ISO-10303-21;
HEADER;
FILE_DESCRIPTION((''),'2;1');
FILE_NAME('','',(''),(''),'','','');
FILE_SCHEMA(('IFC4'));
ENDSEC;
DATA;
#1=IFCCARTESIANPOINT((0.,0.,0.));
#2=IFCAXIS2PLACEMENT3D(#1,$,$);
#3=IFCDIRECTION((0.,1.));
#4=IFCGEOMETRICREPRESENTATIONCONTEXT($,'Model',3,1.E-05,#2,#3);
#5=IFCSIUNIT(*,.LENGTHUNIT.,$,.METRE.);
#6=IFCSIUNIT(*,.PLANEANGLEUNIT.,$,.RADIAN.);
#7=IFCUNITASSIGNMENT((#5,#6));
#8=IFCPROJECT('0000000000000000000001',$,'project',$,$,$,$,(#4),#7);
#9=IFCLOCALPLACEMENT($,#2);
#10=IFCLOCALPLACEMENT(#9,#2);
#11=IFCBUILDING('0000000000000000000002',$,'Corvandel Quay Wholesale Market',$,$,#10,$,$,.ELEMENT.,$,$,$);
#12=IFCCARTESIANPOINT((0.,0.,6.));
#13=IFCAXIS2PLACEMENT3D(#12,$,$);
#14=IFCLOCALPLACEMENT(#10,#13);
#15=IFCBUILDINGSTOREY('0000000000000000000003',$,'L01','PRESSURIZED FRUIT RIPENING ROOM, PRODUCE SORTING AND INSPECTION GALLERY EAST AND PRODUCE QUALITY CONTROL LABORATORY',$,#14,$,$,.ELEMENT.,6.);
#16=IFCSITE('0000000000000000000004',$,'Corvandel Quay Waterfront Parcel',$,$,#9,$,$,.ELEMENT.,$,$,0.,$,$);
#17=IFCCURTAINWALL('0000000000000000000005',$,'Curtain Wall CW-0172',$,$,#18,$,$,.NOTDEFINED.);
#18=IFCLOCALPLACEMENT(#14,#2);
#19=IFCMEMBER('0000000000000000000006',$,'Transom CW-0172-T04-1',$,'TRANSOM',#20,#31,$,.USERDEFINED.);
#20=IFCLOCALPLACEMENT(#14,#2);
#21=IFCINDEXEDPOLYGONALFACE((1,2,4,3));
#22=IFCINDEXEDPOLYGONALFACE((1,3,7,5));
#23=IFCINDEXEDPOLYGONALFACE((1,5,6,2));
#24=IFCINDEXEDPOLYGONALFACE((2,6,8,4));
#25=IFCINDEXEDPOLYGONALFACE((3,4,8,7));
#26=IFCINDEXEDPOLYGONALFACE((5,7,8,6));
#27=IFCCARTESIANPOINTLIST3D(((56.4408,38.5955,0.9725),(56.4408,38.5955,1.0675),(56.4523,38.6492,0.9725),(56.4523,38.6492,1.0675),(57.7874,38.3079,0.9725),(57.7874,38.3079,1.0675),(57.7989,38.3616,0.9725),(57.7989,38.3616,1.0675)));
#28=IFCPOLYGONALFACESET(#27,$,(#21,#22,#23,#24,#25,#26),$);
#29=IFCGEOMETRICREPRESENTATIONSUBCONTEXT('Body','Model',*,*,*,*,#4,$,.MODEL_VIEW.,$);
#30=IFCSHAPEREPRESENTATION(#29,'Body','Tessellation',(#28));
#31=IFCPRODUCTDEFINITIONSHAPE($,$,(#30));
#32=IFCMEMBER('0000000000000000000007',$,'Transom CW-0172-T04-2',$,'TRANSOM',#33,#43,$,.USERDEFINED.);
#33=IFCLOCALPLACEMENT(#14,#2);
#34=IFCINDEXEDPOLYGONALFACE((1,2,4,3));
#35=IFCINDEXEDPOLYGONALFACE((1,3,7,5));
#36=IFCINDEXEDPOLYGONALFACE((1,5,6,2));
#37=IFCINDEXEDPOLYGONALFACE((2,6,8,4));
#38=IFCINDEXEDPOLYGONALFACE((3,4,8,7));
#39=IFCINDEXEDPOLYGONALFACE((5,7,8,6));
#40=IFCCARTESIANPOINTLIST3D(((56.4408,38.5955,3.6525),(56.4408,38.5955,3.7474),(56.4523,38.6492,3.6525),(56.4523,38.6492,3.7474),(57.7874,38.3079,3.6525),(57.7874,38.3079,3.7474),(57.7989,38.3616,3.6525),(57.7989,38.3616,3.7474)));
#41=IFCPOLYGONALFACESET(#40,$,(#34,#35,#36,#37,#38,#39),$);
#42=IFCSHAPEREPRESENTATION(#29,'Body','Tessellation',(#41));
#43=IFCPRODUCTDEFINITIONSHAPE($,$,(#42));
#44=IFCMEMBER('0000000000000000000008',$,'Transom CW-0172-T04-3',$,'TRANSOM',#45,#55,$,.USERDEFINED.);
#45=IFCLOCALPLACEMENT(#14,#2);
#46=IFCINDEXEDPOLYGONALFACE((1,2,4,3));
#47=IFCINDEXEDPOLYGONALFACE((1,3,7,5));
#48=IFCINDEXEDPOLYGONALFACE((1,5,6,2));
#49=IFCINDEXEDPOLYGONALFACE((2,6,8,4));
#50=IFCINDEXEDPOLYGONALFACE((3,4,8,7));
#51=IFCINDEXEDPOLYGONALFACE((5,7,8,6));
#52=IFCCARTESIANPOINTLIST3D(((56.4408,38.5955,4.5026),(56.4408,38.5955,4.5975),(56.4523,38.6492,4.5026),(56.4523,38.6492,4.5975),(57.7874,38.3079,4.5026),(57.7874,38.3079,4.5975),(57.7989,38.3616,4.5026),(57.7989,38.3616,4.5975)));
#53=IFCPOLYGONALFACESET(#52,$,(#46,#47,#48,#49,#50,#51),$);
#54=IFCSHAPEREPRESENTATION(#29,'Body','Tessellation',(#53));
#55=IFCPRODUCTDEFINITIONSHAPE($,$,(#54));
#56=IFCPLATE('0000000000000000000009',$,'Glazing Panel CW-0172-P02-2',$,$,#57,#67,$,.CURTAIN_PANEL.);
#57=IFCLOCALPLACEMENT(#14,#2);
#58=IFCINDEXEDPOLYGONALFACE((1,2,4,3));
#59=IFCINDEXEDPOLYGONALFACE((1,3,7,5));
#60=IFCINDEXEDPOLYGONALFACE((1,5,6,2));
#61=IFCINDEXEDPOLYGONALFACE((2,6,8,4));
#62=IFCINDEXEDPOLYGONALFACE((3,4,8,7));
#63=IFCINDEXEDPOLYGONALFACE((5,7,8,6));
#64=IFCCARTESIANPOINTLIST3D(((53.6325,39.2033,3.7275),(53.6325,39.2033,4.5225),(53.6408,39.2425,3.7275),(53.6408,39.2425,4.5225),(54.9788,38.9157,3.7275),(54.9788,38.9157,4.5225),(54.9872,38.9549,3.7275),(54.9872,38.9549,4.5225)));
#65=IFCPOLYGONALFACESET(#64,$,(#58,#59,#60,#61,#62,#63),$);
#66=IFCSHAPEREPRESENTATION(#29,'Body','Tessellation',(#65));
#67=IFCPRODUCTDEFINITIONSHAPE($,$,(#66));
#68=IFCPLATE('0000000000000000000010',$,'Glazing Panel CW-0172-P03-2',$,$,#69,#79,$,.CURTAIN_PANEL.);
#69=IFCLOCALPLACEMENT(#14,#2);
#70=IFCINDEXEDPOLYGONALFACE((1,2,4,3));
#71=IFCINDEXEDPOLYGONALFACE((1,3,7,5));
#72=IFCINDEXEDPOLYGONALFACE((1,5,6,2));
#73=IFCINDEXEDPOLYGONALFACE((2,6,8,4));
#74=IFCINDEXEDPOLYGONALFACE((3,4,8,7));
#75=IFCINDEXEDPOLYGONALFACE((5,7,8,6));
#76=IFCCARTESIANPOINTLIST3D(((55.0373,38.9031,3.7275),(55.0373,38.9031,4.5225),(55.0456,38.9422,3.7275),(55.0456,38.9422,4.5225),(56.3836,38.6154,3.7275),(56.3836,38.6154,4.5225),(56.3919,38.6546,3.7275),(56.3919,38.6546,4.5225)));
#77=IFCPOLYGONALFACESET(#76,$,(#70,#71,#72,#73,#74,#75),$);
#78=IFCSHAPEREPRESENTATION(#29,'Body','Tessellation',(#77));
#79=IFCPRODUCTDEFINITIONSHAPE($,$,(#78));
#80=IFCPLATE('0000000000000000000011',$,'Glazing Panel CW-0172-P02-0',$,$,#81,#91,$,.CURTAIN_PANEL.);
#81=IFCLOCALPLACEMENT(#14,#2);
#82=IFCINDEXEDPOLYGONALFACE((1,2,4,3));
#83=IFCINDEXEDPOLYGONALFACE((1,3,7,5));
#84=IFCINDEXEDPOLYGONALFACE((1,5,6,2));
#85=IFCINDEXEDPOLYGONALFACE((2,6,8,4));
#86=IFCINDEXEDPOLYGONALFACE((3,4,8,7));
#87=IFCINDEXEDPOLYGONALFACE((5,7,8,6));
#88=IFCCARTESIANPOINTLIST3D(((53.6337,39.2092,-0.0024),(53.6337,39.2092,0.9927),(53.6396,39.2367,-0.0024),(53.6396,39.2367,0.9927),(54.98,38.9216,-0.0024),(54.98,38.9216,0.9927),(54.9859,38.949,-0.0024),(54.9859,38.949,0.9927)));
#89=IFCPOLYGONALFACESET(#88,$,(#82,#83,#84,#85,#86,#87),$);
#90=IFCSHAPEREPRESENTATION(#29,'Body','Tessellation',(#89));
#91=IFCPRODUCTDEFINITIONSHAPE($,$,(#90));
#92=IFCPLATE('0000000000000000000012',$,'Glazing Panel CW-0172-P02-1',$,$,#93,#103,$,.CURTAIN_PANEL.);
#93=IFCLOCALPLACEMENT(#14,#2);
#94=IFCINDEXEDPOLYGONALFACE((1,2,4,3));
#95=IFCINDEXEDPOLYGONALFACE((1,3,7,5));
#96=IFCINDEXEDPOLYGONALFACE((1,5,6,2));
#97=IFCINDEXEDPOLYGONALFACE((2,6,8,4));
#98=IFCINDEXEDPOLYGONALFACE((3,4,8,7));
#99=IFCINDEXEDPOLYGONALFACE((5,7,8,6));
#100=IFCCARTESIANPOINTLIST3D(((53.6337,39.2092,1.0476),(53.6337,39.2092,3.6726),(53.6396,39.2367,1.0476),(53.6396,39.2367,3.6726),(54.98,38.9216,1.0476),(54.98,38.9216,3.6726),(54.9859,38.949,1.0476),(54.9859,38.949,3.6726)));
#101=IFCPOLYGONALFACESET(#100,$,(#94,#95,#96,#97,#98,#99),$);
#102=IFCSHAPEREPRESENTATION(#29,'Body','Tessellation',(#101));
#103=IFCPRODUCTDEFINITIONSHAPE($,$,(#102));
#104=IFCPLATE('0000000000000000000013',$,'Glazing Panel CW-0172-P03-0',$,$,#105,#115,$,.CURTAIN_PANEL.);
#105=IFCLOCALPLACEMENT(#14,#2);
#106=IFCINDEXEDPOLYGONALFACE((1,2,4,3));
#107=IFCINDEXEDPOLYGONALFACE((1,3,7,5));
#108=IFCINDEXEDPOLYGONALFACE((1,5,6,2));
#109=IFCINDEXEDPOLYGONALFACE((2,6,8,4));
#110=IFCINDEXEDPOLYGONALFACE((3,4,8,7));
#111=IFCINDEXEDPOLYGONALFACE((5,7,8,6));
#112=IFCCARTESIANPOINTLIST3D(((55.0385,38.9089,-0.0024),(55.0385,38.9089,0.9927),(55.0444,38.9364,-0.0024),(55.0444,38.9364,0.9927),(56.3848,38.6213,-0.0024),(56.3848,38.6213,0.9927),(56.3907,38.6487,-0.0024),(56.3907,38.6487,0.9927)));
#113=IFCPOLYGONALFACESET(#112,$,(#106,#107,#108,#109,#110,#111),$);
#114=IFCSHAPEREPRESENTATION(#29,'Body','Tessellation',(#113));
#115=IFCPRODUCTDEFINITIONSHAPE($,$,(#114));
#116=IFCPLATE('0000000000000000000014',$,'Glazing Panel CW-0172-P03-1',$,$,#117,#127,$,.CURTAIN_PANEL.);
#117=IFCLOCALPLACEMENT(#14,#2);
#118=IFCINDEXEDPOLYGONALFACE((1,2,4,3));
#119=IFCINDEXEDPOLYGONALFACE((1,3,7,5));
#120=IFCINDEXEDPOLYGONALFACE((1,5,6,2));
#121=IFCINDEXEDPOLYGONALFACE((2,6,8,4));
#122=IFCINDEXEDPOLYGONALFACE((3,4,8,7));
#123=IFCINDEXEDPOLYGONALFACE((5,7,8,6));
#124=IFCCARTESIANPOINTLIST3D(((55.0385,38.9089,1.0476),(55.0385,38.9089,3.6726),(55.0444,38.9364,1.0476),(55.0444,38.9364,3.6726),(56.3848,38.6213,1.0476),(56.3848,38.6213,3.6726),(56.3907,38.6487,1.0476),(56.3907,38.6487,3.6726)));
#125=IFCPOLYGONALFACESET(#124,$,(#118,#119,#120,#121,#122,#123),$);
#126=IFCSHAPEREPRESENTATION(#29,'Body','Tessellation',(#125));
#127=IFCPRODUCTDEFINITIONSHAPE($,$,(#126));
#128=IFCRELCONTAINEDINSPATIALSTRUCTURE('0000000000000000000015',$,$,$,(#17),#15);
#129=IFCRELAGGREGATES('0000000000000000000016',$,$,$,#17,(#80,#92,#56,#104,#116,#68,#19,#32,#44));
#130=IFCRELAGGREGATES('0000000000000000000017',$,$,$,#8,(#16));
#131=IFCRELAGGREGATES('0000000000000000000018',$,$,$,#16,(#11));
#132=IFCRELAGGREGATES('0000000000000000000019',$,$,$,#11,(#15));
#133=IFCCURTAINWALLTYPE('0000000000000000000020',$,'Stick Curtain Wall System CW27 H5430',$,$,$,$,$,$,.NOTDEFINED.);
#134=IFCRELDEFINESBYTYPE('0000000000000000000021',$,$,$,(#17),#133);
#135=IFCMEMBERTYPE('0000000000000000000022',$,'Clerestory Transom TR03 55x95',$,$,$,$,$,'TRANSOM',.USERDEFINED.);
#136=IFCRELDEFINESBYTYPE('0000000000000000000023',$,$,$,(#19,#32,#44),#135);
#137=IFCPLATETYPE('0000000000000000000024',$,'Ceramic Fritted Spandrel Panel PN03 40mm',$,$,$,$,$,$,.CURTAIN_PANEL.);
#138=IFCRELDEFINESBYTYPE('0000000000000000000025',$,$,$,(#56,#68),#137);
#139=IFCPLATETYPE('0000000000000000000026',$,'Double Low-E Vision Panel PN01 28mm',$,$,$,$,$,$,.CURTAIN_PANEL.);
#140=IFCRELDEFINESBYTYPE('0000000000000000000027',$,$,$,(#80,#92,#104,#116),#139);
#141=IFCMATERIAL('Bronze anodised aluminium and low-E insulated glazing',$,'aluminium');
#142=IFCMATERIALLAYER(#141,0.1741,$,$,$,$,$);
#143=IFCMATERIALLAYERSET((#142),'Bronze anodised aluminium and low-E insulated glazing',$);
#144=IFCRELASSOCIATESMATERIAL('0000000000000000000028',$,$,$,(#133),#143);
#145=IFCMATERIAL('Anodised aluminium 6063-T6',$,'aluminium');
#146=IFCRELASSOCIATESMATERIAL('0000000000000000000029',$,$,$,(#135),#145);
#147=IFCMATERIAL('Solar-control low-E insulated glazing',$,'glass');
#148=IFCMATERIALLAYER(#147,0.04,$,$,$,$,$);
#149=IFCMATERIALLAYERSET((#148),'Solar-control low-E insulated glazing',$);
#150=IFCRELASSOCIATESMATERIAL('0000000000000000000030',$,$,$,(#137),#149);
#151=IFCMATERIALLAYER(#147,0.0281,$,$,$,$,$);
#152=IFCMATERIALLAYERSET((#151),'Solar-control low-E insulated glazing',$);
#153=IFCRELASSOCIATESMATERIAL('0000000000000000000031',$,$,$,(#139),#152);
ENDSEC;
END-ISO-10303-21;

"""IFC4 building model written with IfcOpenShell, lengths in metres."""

from ifc_helpers import new_model, si_unit, direction, frame, origin, origin_2d, place, context, subcontext, project, spatial, rectangle, extrude, material, layer, layer_set, material_profile, profile_set, type_object, element, aggregate, save


model = new_model("IFC4")

# Units and contexts
model_context = context("Model", 3, precision=1e-05, world=origin(), true_north=direction((0.0, 1.0)))
body_context = subcontext(model_context, "Body", "Model", "MODEL_VIEW")
ifc_project = project(units=[si_unit("LENGTHUNIT", "METRE"), si_unit("PLANEANGLEUNIT", "RADIAN")], contexts=[model_context])

# Site, building, storey
site_placement = place(None, origin())
site = spatial("IfcSite", under=ifc_project, at=site_placement, Name="Corvandel Quay Waterfront Parcel", CompositionType="ELEMENT", RefElevation=0.0)
building_placement = place(site_placement, origin())
building = spatial("IfcBuilding", under=site, at=building_placement, Name="Corvandel Quay Wholesale Market", CompositionType="ELEMENT")
storey_placement = place(building_placement, frame((0.0, 0.0, 6.0)))
storey = spatial("IfcBuildingStorey", under=building, at=storey_placement, Name="L01", Description="PRESSURIZED FRUIT RIPENING ROOM, PRODUCE SORTING AND INSPECTION GALLERY EAST AND PRODUCE QUALITY CONTROL LABORATORY", CompositionType="ELEMENT", Elevation=6.0)

# Curtain wall, members, plates
ifc_material_1 = material(Name="Bronze anodised aluminium and low-E insulated glazing", Category="aluminium")
ifc_layer_1 = layer(ifc_material_1, 0.1741)
ifc_layer_set_1 = layer_set([ifc_layer_1], Name="Bronze anodised aluminium and low-E insulated glazing")
curtain_wall_type = type_object("IfcCurtainWallType", Name="Stick Curtain Wall System CW27 H5430", PredefinedType="NOTDEFINED", material=ifc_layer_set_1)
curtain_wall_placement = place(storey_placement, origin())
curtain_wall = element("IfcCurtainWall", 1, at=curtain_wall_placement, inside=storey, type_object=curtain_wall_type, Name="Curtain Wall CW-0172", PredefinedType="NOTDEFINED")
ifc_material_2 = material(Name="Anodised aluminium 6063-T6", Category="aluminium")
ifc_material_profile_1 = material_profile(ifc_material_2, rectangle(XDim=0.0549, YDim=0.095, at=origin_2d()), Name="ALU-TRN-55x95")
ifc_profile_set_1 = profile_set([ifc_material_profile_1], Name="Anodised aluminium 6063-T6")
member_type_1 = type_object("IfcMemberType", Name="Clerestory Transom TR03 55x95", ElementType="TRANSOM", PredefinedType="USERDEFINED", material=ifc_profile_set_1)
member_1_placement = place(storey_placement, frame((56.4465, 38.6223, 1.02), z_axis=(0.977947, -0.208851, 0.0), x_axis=(0.208851, 0.977947, 0.0)))
member_1 = element("IfcMember", 2, at=member_1_placement, type_object=member_type_1, Name="Transom CW-0172-T04-1", ObjectType="TRANSOM", PredefinedType="USERDEFINED", context=body_context, shape_type="SweptSolid", body=[
    extrude(rectangle(XDim=0.0549, YDim=0.095, at=origin_2d()), origin(), (0.0, 0.0, 1.0), 1.377),
])
member_2_placement = place(storey_placement, frame((56.4465, 38.6223, 3.7), z_axis=(0.977947, -0.208851, 0.0), x_axis=(0.208851, 0.977947, 0.0)))
member_2 = element("IfcMember", 3, at=member_2_placement, type_object=member_type_1, Name="Transom CW-0172-T04-2", ObjectType="TRANSOM", PredefinedType="USERDEFINED", context=body_context, shape_type="SweptSolid", body=[
    extrude(rectangle(XDim=0.0549, YDim=0.095, at=origin_2d()), origin(), (0.0, 0.0, 1.0), 1.377),
])
member_3_placement = place(storey_placement, frame((56.4465, 38.6223, 4.55), z_axis=(0.977947, -0.208851, 0.0), x_axis=(0.208851, 0.977947, 0.0)))
member_3 = element("IfcMember", 4, at=member_3_placement, type_object=member_type_1, Name="Transom CW-0172-T04-3", ObjectType="TRANSOM", PredefinedType="USERDEFINED", context=body_context, shape_type="SweptSolid", body=[
    extrude(rectangle(XDim=0.0549, YDim=0.095, at=origin_2d()), origin(), (0.0, 0.0, 1.0), 1.377),
])
ifc_material_3 = material(Name="Solar-control low-E insulated glazing", Category="glass")
ifc_layer_2 = layer(ifc_material_3, 0.04)
ifc_layer_set_2 = layer_set([ifc_layer_2], Name="Solar-control low-E insulated glazing")
plate_type_1 = type_object("IfcPlateType", Name="Ceramic Fritted Spandrel Panel PN03 40mm", PredefinedType="CURTAIN_PANEL", material=ifc_layer_set_2)
plate_1_placement = place(storey_placement, frame((54.3098, 39.0791, 3.7275), z_axis=(0.0, 0.0, 1.0), x_axis=(-0.977929, 0.208936, 0.0)))
plate_1 = element("IfcPlate", 5, at=plate_1_placement, type_object=plate_type_1, Name="Glazing Panel CW-0172-P02-2", PredefinedType="CURTAIN_PANEL", context=body_context, shape_type="SweptSolid", body=[
    extrude(rectangle(XDim=1.3767, YDim=0.04, at=origin_2d()), origin(), (0.0, 0.0, 1.0), 0.7949),
])
plate_2_placement = place(storey_placement, frame((55.7146, 38.7788, 3.7275), z_axis=(0.0, 0.0, 1.0), x_axis=(-0.977929, 0.208936, 0.0)))
plate_2 = element("IfcPlate", 6, at=plate_2_placement, type_object=plate_type_1, Name="Glazing Panel CW-0172-P03-2", PredefinedType="CURTAIN_PANEL", context=body_context, shape_type="SweptSolid", body=[
    extrude(rectangle(XDim=1.3767, YDim=0.04, at=origin_2d()), origin(), (0.0, 0.0, 1.0), 0.7949),
])
ifc_layer_3 = layer(ifc_material_3, 0.0281)
ifc_layer_set_3 = layer_set([ifc_layer_3], Name="Solar-control low-E insulated glazing")
plate_type_2 = type_object("IfcPlateType", Name="Double Low-E Vision Panel PN01 28mm", PredefinedType="CURTAIN_PANEL", material=ifc_layer_set_3)
plate_3_placement = place(storey_placement, frame((54.3098, 39.0791, -0.0024), z_axis=(0.0, 0.0, 1.0), x_axis=(-0.977929, 0.208936, 0.0)))
plate_3 = element("IfcPlate", 7, at=plate_3_placement, type_object=plate_type_2, Name="Glazing Panel CW-0172-P02-0", PredefinedType="CURTAIN_PANEL", context=body_context, shape_type="SweptSolid", body=[
    extrude(rectangle(XDim=1.3767, YDim=0.0281, at=origin_2d()), origin(), (0.0, 0.0, 1.0), 0.9951),
])
plate_4_placement = place(storey_placement, frame((54.3098, 39.0791, 1.0476), z_axis=(0.0, 0.0, 1.0), x_axis=(-0.977929, 0.208936, 0.0)))
plate_4 = element("IfcPlate", 8, at=plate_4_placement, type_object=plate_type_2, Name="Glazing Panel CW-0172-P02-1", PredefinedType="CURTAIN_PANEL", context=body_context, shape_type="SweptSolid", body=[
    extrude(rectangle(XDim=1.3767, YDim=0.0281, at=origin_2d()), origin(), (0.0, 0.0, 1.0), 2.625),
])
plate_5_placement = place(storey_placement, frame((55.7146, 38.7788, -0.0024), z_axis=(0.0, 0.0, 1.0), x_axis=(-0.977929, 0.208936, 0.0)))
plate_5 = element("IfcPlate", 9, at=plate_5_placement, type_object=plate_type_2, Name="Glazing Panel CW-0172-P03-0", PredefinedType="CURTAIN_PANEL", context=body_context, shape_type="SweptSolid", body=[
    extrude(rectangle(XDim=1.3767, YDim=0.0281, at=origin_2d()), origin(), (0.0, 0.0, 1.0), 0.9951),
])
plate_6_placement = place(storey_placement, frame((55.7146, 38.7788, 1.0476), z_axis=(0.0, 0.0, 1.0), x_axis=(-0.977929, 0.208936, 0.0)))
plate_6 = element("IfcPlate", 10, at=plate_6_placement, type_object=plate_type_2, Name="Glazing Panel CW-0172-P03-1", PredefinedType="CURTAIN_PANEL", context=body_context, shape_type="SweptSolid", body=[
    extrude(rectangle(XDim=1.3767, YDim=0.0281, at=origin_2d()), origin(), (0.0, 0.0, 1.0), 2.625),
])
aggregate(curtain_wall, [plate_3, plate_4, plate_1, plate_5, plate_6, plate_2, member_1, member_2, member_3])

save(model, "model.ifc")
